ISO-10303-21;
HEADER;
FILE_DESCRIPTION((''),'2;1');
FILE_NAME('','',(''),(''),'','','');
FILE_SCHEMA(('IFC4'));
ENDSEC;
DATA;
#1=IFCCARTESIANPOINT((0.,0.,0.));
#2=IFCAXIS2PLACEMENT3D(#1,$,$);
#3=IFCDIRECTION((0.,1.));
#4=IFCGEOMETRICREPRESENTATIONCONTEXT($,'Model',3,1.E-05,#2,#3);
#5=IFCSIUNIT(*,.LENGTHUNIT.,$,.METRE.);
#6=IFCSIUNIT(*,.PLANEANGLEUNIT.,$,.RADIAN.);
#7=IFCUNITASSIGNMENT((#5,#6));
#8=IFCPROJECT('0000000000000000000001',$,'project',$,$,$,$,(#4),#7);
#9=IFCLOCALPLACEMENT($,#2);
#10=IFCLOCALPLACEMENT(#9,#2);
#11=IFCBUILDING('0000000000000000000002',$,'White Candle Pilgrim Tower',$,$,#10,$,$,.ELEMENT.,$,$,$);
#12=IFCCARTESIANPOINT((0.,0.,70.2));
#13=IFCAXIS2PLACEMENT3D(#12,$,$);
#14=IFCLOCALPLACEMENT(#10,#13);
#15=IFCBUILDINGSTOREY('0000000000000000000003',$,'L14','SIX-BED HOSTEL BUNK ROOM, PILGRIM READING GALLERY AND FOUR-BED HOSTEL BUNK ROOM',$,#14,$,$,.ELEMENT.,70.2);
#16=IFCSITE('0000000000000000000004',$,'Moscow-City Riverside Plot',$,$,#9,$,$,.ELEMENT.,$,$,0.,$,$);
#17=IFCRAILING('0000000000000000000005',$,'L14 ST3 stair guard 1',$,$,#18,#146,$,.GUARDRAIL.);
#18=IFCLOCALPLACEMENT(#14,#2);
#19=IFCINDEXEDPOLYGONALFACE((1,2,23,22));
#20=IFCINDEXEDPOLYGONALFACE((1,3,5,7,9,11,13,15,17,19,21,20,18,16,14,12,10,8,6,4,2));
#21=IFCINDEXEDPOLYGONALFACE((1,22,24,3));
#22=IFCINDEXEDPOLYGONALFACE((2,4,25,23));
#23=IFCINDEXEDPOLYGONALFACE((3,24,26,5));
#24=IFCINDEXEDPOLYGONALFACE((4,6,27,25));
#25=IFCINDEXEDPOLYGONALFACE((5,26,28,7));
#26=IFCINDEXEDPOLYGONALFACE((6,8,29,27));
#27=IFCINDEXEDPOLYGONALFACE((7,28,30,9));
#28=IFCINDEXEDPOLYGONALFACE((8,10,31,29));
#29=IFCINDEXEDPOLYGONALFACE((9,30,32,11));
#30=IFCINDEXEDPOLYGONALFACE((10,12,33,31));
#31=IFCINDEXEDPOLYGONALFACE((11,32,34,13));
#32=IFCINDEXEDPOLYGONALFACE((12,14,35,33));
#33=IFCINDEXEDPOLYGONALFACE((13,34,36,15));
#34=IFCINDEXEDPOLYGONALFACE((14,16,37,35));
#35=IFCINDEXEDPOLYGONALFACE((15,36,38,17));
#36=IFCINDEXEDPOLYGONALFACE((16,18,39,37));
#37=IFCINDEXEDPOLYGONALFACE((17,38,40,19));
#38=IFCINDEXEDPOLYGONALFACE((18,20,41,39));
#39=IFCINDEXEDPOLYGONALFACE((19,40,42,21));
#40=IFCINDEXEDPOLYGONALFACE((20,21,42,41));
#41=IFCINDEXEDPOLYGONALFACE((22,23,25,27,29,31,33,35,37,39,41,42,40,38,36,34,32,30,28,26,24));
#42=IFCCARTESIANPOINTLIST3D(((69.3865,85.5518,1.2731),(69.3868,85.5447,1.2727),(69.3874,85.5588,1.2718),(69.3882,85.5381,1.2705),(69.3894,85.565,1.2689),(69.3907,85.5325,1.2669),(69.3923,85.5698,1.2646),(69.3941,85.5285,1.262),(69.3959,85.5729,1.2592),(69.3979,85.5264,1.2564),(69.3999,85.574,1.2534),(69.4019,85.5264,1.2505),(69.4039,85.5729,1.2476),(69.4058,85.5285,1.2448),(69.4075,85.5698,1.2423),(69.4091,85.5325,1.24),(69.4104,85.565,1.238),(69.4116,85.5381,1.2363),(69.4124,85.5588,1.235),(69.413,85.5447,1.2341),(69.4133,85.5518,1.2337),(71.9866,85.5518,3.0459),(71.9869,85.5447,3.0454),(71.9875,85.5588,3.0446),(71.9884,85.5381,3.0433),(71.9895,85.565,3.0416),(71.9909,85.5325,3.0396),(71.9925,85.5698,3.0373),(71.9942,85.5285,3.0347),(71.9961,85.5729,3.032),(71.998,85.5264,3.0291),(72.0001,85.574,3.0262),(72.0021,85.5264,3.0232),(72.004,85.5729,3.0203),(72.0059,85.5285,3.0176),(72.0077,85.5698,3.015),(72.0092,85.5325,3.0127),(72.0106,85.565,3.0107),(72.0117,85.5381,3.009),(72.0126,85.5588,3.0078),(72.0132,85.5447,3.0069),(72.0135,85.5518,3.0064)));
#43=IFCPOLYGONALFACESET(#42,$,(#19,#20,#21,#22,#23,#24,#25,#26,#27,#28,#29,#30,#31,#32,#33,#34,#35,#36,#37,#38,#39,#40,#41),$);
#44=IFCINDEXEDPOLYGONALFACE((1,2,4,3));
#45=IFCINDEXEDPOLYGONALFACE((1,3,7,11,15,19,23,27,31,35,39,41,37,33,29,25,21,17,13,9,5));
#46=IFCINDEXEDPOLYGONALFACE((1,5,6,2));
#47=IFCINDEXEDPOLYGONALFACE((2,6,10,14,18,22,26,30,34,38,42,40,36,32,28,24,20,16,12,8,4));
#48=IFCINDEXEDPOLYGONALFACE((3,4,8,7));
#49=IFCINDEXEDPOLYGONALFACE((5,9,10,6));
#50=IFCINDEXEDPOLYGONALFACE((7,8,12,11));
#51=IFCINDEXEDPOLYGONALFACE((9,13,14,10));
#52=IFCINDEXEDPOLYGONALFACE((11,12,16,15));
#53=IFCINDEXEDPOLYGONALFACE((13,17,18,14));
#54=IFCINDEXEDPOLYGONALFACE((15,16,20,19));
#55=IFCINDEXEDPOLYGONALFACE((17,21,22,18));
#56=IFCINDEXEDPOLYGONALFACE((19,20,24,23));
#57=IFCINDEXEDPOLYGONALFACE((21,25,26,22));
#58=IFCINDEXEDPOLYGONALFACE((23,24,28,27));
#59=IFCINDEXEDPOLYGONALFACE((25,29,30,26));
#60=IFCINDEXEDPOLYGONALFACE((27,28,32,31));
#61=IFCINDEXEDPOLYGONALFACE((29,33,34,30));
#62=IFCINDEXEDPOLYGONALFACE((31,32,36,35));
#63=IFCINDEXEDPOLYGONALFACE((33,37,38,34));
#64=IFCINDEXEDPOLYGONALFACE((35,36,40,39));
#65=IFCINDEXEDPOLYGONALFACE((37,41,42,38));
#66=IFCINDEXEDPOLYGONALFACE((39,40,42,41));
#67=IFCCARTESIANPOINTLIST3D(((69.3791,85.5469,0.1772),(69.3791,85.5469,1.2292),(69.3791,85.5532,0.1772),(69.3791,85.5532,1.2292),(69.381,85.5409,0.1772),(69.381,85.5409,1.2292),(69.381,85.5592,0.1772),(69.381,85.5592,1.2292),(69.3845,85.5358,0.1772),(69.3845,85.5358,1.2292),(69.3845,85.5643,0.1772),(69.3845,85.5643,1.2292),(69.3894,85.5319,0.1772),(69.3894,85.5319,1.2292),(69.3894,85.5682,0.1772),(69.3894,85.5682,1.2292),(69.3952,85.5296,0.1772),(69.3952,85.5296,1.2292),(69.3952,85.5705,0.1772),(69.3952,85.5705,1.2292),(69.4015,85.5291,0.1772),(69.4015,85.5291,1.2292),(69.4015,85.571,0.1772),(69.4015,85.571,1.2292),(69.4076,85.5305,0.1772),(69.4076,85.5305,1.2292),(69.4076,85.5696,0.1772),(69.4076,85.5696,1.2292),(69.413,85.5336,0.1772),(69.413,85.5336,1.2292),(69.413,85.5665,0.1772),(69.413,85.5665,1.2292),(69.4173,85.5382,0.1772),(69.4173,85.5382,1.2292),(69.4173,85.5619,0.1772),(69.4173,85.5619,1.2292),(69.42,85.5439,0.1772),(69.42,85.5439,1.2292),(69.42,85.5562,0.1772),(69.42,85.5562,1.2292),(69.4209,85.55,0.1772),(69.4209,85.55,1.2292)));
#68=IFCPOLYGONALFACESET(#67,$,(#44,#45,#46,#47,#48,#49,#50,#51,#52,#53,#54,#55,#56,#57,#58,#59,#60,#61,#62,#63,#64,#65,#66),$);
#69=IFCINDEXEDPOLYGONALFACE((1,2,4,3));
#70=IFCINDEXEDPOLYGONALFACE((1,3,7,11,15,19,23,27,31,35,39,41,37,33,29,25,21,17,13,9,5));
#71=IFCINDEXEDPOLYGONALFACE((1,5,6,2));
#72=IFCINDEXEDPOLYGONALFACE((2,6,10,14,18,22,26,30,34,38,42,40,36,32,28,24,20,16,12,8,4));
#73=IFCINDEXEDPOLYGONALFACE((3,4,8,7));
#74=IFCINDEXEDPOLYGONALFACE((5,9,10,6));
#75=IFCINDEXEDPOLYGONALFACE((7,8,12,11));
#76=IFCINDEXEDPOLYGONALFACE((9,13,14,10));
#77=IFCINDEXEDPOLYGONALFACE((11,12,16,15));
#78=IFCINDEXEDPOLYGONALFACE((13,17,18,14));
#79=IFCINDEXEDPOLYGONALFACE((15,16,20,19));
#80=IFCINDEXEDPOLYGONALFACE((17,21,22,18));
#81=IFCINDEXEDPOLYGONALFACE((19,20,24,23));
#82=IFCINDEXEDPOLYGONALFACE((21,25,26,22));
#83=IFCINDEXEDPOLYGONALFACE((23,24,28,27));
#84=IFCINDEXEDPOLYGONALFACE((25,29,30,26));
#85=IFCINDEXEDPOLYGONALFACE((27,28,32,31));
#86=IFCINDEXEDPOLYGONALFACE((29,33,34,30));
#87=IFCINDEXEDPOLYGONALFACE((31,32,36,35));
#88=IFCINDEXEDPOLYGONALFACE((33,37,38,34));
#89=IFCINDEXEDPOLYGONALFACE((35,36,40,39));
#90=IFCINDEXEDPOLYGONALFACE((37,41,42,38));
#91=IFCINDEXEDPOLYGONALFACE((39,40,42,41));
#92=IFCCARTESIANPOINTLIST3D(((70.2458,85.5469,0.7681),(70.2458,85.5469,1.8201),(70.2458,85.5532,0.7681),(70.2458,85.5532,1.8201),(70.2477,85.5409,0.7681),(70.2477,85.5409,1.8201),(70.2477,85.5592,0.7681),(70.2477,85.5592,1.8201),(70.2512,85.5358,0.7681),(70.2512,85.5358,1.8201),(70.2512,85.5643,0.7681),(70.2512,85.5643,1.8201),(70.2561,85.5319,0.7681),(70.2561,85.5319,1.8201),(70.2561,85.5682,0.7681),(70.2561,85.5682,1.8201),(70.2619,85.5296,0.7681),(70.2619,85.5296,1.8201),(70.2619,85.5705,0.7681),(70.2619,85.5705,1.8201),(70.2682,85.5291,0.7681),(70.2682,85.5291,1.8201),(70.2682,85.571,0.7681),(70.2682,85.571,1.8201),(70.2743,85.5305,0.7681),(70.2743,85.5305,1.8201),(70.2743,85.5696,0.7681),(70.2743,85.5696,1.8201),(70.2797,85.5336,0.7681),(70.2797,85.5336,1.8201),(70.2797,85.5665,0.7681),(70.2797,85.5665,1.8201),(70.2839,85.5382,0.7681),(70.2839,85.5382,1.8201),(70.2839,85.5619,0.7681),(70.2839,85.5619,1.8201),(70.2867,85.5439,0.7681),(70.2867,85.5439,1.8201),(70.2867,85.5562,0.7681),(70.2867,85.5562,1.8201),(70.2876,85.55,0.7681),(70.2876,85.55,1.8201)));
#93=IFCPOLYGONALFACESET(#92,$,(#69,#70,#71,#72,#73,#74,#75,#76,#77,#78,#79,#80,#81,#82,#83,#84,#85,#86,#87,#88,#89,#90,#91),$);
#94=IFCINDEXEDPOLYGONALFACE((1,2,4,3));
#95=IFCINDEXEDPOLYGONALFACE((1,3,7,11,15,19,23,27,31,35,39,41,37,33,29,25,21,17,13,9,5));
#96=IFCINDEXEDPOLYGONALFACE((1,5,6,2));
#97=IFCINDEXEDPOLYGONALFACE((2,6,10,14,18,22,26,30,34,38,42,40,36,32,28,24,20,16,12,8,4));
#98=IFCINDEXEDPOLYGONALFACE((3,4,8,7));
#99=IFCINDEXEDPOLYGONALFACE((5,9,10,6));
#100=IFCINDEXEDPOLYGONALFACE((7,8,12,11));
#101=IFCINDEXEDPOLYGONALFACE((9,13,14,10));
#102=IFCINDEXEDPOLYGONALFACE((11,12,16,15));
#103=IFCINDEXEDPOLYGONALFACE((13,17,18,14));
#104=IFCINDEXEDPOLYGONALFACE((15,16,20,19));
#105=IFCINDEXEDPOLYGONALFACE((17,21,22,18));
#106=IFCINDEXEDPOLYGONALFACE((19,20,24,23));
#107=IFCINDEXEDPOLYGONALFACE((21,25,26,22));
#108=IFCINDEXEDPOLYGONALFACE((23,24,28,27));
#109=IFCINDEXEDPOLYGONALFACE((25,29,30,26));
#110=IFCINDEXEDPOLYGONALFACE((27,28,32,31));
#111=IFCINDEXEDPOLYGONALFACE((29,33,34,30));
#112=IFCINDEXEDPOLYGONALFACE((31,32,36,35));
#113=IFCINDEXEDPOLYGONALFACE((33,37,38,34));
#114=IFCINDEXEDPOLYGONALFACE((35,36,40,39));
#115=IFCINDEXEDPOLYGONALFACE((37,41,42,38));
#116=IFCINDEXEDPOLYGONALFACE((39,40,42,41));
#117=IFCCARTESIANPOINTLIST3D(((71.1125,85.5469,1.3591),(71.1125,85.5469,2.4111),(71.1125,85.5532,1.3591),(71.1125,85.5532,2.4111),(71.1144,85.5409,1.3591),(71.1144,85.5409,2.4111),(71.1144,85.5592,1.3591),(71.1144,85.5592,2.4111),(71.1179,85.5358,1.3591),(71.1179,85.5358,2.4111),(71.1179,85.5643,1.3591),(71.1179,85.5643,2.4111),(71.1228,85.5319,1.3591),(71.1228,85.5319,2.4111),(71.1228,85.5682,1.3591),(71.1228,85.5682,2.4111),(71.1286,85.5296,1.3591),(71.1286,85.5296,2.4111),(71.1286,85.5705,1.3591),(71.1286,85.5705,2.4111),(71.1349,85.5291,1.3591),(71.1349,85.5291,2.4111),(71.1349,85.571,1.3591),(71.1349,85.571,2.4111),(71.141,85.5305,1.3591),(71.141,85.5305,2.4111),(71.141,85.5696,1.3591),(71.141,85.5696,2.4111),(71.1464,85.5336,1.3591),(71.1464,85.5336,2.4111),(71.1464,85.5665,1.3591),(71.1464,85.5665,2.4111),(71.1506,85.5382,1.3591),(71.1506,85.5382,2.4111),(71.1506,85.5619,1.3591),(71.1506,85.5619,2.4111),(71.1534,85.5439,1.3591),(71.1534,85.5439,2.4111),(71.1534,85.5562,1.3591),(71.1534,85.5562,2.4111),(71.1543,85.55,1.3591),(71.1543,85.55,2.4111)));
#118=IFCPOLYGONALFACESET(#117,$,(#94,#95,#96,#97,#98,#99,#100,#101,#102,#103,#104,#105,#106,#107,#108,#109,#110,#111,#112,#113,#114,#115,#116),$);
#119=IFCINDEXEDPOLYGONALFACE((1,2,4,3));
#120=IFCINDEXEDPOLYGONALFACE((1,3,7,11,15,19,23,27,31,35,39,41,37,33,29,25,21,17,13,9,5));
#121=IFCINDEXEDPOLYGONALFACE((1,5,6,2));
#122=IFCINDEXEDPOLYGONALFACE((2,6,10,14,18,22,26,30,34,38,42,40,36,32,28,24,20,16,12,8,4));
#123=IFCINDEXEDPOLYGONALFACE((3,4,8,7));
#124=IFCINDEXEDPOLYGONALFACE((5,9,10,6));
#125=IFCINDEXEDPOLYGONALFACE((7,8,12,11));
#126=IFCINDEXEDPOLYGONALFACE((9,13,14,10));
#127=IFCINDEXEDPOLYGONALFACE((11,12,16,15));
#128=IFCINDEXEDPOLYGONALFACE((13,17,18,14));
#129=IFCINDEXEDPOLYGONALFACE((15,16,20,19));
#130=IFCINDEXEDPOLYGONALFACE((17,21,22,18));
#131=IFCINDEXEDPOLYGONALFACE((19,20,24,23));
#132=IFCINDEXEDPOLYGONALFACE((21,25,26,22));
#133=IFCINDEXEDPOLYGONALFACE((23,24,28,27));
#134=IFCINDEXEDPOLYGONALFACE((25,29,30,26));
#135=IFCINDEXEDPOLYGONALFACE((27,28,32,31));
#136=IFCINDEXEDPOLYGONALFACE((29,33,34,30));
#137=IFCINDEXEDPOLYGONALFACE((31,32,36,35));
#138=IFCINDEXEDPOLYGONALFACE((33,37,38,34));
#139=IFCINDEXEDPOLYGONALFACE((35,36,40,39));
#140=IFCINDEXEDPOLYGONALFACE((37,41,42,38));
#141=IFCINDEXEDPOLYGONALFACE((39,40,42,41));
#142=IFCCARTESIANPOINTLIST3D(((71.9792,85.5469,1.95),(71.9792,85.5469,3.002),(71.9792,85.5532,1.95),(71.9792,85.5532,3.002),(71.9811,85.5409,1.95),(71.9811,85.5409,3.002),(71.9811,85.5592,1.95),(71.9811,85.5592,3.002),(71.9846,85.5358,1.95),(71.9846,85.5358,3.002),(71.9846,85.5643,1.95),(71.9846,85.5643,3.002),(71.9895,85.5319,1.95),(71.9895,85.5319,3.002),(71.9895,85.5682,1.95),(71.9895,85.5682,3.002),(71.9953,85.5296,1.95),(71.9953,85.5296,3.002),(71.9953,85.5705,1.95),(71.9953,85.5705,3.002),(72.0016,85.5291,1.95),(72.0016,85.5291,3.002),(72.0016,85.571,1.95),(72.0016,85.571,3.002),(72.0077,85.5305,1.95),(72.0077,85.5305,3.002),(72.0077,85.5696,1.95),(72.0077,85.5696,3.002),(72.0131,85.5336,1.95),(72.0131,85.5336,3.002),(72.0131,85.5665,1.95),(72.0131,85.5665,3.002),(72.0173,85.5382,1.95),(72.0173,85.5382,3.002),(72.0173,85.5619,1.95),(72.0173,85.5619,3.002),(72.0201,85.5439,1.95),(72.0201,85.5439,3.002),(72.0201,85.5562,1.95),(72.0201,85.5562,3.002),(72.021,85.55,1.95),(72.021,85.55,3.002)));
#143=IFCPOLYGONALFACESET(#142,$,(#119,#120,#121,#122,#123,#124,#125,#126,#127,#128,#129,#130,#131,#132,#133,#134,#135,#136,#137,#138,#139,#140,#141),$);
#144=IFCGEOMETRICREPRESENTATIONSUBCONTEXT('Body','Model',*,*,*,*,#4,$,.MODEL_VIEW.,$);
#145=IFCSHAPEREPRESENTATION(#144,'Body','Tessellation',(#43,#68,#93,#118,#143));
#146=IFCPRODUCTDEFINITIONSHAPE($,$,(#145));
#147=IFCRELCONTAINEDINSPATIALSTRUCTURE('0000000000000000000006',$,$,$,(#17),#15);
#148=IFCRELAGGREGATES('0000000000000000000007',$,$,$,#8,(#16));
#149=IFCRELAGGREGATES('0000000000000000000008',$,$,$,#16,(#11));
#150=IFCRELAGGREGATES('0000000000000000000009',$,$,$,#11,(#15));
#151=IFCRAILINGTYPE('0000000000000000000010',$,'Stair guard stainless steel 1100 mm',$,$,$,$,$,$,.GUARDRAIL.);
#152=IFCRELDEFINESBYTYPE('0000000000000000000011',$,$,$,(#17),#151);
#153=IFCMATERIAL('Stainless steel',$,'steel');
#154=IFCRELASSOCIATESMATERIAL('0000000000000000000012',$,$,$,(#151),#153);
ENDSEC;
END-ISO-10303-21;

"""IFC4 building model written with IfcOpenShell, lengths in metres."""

from ifc_helpers import new_model, si_unit, direction, frame, origin, origin_2d, place, context, subcontext, project, spatial, circle, extrude, material, type_object, element, save


model = new_model("IFC4")

# Units and contexts
model_context = context("Model", 3, precision=1e-05, world=origin(), true_north=direction((0.0, 1.0)))
body_context = subcontext(model_context, "Body", "Model", "MODEL_VIEW")
ifc_project = project(units=[si_unit("LENGTHUNIT", "METRE"), si_unit("PLANEANGLEUNIT", "RADIAN")], contexts=[model_context])

# Site, building, storey
site_placement = place(None, origin())
site = spatial("IfcSite", under=ifc_project, at=site_placement, Name="Moscow-City Riverside Plot", CompositionType="ELEMENT", RefElevation=0.0)
building_placement = place(site_placement, origin())
building = spatial("IfcBuilding", under=site, at=building_placement, Name="White Candle Pilgrim Tower", CompositionType="ELEMENT")
storey_placement = place(building_placement, frame((0.0, 0.0, 70.2)))
storey = spatial("IfcBuildingStorey", under=building, at=storey_placement, Name="L14", Description="SIX-BED HOSTEL BUNK ROOM, PILGRIM READING GALLERY AND FOUR-BED HOSTEL BUNK ROOM", CompositionType="ELEMENT", Elevation=70.2)

# Railing
ifc_material_1 = material(Name="Stainless steel", Category="steel")
railing_type_1 = type_object("IfcRailingType", Name="Stair guard stainless steel 1100 mm", PredefinedType="GUARDRAIL", material=ifc_material_1)
railing_1_placement = place(storey_placement, frame((69.3999, 85.55, 0.1772)))
element("IfcRailing", 1, at=railing_1_placement, inside=storey, type_object=railing_type_1, Name="L14 ST3 stair guard 1", PredefinedType="GUARDRAIL", context=body_context, shape_type="SweptSolid", body=[
    extrude(circle(Radius=0.0239, at=origin_2d()), frame((0.0, 0.0, 1.0762), z_axis=(0.82624, 0.0, 0.563318), x_axis=(0.0, 1.0, 0.0)), (0.0, 0.0, 1.0), 3.147),
    extrude(circle(Radius=0.021, at=origin_2d()), origin(), (0.0, 0.0, 1.0), 1.052),
    extrude(circle(Radius=0.021, at=origin_2d()), frame((0.8667, 0.0, 0.5908)), (0.0, 0.0, 1.0), 1.052),
    extrude(circle(Radius=0.021, at=origin_2d()), frame((1.7334, 0.0, 1.1819)), (0.0, 0.0, 1.0), 1.052),
    extrude(circle(Radius=0.021, at=origin_2d()), frame((2.6001, 0.0, 1.7727)), (0.0, 0.0, 1.0), 1.052),
])

save(model, "model.ifc")
